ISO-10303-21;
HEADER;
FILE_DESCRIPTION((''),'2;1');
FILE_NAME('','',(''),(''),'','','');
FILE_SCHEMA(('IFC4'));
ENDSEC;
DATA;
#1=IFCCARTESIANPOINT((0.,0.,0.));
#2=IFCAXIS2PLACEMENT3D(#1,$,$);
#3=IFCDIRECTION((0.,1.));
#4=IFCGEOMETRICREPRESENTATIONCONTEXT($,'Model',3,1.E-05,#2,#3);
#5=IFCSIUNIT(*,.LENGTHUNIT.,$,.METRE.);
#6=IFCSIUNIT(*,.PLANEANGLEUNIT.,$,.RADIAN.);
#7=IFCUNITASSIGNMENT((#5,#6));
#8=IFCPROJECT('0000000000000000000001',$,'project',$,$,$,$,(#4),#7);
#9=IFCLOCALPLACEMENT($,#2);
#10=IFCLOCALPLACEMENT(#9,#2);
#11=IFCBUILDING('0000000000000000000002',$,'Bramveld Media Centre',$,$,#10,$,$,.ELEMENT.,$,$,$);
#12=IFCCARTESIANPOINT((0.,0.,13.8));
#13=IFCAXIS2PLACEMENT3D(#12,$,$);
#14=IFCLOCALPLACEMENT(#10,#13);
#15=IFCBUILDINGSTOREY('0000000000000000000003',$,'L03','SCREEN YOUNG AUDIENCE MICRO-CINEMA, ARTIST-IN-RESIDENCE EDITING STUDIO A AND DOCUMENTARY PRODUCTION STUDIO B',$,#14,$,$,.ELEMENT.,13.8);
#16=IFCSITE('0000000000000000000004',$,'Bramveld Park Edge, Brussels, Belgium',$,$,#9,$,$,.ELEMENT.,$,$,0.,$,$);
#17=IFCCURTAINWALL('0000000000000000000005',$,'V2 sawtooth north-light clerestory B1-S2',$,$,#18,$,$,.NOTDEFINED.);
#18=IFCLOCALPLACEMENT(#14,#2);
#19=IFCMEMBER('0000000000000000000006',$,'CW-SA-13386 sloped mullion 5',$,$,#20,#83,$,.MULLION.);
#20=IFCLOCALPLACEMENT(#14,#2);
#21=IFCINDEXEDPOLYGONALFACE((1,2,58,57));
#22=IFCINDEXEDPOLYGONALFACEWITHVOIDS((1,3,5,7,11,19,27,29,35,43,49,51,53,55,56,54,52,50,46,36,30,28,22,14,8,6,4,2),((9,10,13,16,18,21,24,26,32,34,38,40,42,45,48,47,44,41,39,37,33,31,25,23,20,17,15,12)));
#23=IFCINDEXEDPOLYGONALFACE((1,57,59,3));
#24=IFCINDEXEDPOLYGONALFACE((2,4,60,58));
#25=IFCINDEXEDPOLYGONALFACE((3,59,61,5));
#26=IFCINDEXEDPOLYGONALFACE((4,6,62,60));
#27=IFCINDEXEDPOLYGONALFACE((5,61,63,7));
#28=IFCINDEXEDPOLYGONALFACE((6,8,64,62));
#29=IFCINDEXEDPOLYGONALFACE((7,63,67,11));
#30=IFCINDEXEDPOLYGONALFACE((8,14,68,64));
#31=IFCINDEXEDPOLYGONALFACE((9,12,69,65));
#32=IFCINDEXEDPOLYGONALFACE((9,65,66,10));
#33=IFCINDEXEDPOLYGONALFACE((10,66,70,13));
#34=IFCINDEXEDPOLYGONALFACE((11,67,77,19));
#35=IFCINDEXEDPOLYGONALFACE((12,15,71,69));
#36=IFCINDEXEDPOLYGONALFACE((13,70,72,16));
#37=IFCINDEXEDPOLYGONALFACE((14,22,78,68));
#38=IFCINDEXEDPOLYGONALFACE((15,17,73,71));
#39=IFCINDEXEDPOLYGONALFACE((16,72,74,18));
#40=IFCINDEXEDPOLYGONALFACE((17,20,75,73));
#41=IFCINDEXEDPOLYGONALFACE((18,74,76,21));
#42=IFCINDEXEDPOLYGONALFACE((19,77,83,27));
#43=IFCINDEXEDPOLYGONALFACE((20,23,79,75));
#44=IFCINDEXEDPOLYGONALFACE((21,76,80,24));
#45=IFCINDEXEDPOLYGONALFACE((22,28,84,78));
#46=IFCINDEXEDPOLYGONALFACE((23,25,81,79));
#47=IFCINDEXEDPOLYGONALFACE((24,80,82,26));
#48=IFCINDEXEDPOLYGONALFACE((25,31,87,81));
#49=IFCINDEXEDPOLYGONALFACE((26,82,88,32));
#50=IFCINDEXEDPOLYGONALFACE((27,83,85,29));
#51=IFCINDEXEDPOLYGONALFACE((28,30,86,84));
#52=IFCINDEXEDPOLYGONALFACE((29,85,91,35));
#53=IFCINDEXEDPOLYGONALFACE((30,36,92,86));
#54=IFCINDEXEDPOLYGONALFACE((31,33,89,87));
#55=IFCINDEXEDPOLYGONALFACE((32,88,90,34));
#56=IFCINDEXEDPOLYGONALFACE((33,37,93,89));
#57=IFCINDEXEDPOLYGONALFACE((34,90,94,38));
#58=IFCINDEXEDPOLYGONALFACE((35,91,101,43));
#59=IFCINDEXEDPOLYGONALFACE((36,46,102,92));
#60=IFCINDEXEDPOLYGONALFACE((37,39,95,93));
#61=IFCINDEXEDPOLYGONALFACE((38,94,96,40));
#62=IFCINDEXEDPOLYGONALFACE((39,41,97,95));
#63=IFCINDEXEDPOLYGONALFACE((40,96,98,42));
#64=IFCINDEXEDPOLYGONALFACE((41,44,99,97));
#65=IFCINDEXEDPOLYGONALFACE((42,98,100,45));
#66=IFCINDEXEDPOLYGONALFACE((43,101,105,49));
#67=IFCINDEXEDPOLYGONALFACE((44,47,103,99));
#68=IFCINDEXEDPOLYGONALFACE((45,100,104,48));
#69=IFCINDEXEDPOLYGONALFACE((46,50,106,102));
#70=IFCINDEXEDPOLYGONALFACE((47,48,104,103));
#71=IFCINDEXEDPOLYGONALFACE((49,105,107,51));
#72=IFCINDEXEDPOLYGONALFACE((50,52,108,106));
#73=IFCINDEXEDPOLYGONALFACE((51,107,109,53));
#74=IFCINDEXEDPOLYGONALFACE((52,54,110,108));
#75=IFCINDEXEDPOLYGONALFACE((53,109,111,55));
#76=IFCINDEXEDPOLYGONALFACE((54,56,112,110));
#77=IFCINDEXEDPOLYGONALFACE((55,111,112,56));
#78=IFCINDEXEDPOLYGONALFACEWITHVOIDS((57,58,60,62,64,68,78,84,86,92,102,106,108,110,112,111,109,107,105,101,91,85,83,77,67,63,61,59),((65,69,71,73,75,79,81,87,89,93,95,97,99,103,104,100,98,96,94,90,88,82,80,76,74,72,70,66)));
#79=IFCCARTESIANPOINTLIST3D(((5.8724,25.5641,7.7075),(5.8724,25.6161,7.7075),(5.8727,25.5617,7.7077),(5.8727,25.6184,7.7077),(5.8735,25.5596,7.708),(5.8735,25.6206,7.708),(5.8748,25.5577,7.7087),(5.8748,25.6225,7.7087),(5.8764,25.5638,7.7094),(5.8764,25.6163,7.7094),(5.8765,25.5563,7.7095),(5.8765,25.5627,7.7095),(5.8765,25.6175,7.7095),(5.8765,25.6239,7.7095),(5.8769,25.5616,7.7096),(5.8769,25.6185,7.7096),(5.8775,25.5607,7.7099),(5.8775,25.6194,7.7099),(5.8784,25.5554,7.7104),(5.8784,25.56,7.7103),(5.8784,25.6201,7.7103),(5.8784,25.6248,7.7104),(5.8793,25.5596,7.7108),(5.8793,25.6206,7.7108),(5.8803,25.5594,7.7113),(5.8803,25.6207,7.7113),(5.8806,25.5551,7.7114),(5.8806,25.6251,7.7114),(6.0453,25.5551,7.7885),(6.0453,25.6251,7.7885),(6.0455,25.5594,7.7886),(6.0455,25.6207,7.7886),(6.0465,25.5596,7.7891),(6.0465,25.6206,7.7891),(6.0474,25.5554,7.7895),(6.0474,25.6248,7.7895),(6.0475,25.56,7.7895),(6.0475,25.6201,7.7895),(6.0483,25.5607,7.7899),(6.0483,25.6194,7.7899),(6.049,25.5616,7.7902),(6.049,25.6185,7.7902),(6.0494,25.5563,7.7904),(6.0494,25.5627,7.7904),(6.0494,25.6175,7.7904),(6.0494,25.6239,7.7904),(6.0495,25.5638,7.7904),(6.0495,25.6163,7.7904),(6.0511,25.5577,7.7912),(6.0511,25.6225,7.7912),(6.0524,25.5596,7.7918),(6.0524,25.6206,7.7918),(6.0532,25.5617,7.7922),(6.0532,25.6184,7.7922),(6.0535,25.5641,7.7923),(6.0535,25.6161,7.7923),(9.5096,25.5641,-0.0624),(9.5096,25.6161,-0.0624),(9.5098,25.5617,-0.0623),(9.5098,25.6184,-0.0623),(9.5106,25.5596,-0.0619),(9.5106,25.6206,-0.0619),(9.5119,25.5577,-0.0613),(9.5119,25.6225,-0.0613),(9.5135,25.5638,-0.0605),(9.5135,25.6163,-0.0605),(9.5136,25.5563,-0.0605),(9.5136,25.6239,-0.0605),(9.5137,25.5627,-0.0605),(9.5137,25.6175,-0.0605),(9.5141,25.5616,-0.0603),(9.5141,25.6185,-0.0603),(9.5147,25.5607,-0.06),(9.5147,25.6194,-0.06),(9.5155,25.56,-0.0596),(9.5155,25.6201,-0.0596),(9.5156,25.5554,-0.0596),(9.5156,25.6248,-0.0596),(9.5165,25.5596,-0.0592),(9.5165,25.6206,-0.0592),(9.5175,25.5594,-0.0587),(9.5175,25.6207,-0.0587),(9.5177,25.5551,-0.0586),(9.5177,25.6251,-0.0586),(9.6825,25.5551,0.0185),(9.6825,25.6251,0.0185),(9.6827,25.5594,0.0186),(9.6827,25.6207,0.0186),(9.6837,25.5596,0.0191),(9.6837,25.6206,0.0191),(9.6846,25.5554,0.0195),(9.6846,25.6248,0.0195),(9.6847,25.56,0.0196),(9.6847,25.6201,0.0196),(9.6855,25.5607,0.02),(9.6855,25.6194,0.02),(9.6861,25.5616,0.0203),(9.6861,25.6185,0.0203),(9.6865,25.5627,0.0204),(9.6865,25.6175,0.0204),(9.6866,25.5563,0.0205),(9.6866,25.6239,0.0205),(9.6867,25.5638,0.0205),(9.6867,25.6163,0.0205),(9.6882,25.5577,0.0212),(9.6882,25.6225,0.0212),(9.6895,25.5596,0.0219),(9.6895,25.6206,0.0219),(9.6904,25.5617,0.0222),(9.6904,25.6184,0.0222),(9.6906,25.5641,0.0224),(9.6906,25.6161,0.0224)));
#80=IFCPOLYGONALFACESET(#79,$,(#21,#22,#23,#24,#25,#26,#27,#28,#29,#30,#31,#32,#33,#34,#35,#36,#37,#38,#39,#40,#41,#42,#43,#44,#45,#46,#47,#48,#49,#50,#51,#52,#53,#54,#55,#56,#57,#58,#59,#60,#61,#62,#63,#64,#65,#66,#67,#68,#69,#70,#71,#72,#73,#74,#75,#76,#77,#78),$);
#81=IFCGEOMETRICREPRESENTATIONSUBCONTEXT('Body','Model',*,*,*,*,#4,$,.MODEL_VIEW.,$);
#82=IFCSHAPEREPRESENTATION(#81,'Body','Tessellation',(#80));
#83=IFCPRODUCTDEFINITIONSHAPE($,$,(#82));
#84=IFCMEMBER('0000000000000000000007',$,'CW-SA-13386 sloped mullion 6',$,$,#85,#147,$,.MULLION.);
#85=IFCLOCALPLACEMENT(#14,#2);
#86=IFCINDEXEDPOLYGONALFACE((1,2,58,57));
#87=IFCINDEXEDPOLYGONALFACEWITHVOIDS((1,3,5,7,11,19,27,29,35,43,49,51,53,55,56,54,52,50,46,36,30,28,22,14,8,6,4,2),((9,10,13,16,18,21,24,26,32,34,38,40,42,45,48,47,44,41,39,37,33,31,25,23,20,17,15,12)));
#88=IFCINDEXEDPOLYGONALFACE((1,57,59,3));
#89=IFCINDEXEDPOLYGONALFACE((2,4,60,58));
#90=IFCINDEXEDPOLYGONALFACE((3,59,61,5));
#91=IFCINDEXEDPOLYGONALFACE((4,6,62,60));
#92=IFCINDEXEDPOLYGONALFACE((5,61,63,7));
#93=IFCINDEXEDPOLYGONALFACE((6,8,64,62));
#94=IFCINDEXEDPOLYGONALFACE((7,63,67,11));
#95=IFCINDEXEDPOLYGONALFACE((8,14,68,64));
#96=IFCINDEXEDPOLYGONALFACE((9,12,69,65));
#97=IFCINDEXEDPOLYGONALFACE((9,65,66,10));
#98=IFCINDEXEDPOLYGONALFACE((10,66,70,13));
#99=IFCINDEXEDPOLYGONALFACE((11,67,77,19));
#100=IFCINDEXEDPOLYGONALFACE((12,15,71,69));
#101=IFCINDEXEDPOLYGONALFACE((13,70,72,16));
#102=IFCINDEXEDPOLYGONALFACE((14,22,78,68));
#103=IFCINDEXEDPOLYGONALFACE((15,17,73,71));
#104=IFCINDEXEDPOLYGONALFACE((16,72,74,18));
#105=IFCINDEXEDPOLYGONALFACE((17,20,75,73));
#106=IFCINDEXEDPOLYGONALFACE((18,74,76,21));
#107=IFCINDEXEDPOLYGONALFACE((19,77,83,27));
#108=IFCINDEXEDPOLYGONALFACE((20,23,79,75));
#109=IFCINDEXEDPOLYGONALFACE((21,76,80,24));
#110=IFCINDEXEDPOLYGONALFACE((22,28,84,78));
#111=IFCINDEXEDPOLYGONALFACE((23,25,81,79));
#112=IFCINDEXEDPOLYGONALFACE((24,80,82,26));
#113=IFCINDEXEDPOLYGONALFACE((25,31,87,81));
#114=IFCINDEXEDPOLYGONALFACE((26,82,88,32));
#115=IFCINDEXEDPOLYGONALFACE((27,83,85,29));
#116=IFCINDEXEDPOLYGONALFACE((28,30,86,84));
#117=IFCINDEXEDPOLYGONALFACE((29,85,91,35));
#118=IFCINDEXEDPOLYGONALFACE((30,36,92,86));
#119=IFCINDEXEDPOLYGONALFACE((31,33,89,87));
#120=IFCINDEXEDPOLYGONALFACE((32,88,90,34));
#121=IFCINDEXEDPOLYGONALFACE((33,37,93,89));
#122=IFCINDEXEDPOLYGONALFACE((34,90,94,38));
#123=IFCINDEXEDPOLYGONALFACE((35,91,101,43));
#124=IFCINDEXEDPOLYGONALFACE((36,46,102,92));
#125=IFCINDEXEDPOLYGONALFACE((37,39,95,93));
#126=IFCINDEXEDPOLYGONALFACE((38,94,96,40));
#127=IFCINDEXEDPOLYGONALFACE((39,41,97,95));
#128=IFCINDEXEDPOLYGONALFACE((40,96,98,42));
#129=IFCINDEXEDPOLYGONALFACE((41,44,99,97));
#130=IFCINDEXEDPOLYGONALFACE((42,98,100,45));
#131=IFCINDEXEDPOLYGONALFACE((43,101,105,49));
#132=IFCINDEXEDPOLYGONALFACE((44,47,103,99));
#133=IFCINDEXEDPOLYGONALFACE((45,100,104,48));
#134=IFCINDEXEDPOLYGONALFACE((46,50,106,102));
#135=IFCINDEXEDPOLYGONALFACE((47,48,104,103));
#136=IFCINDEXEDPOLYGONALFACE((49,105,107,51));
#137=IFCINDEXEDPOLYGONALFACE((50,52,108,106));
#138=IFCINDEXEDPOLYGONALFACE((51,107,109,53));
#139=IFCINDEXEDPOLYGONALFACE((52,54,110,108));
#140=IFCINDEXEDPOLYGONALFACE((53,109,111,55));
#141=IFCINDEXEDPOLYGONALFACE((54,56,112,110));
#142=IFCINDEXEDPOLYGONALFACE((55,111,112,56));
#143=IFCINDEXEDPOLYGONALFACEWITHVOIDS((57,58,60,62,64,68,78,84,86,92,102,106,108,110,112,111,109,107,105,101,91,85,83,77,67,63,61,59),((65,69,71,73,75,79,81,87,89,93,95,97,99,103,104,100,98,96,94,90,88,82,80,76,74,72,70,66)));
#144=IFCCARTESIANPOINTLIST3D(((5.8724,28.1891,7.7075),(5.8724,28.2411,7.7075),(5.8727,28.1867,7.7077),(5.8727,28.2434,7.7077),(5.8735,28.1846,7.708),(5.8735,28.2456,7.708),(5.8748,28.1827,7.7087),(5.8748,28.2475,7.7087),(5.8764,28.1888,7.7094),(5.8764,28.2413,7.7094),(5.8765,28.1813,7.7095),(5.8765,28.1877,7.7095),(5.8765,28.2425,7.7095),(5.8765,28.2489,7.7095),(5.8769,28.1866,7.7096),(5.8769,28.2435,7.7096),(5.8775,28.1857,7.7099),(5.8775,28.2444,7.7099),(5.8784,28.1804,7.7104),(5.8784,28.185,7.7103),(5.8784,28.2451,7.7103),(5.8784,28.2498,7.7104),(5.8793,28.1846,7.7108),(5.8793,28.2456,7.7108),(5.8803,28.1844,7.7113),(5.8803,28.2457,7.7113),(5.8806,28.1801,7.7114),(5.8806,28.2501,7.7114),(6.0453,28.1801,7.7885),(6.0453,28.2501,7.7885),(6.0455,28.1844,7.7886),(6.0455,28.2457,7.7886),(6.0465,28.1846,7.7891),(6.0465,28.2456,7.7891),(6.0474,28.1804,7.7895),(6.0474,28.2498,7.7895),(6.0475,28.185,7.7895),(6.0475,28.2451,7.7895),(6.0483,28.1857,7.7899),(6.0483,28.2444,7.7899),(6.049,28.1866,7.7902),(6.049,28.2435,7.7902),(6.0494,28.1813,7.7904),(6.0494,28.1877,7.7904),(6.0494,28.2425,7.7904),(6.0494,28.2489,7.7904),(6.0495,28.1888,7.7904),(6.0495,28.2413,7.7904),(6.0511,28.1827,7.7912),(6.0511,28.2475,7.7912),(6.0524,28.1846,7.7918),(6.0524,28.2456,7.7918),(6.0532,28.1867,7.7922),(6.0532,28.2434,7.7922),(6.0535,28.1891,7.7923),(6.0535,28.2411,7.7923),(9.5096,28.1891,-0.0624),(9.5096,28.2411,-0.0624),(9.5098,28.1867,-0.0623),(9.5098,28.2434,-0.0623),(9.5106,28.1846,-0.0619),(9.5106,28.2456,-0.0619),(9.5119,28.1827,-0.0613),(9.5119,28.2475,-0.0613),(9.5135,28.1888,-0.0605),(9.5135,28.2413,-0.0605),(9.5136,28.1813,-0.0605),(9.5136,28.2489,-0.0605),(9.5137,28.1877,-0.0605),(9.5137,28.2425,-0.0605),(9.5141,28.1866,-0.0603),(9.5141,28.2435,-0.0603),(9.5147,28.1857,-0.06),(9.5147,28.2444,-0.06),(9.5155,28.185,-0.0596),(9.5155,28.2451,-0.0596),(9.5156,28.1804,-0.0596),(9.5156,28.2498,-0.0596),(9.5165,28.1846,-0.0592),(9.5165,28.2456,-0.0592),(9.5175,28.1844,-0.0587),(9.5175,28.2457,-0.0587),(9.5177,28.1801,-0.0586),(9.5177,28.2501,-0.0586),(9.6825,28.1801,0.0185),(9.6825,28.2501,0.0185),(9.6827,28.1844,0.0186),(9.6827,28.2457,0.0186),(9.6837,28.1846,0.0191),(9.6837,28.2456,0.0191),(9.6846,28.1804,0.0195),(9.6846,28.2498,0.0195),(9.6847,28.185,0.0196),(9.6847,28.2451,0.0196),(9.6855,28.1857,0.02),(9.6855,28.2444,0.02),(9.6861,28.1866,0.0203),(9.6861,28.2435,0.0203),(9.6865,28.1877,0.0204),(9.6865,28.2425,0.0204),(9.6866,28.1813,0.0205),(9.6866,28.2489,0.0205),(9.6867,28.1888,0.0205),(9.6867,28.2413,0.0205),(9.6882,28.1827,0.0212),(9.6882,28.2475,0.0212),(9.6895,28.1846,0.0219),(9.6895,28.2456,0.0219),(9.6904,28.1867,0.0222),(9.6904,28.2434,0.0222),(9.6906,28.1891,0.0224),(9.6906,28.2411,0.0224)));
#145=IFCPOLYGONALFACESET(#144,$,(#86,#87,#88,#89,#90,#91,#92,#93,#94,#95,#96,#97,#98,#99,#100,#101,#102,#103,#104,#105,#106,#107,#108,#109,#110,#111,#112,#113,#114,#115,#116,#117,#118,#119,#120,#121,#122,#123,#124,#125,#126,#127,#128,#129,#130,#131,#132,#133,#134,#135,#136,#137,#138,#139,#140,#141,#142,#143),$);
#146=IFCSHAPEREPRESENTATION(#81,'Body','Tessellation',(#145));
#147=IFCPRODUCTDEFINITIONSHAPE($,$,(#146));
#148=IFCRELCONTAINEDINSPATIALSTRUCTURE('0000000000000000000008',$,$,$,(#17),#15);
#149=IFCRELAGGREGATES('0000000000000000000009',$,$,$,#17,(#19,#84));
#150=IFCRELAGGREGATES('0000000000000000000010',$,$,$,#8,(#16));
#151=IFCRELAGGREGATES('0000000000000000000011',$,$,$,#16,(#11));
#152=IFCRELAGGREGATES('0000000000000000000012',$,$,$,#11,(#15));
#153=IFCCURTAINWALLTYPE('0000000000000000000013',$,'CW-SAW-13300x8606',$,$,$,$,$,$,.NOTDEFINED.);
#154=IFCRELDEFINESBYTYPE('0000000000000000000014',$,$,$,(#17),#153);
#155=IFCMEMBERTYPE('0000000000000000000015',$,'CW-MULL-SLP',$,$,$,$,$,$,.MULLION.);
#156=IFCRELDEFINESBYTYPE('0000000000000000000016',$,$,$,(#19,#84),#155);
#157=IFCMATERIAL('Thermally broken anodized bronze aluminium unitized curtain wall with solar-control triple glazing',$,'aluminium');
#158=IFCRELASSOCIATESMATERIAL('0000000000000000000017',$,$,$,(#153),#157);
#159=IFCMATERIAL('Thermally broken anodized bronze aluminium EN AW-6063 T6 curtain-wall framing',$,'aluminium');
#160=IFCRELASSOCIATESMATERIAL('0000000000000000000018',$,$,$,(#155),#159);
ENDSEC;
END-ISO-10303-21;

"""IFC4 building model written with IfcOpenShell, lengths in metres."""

from ifc_helpers import new_model, si_unit, direction, frame, origin, origin_2d, place, context, subcontext, project, spatial, hollow_rectangle, extrude, material, material_profile, profile_set, type_object, element, aggregate, save


model = new_model("IFC4")

# Units and contexts
model_context = context("Model", 3, precision=1e-05, world=origin(), true_north=direction((0.0, 1.0)))
body_context = subcontext(model_context, "Body", "Model", "MODEL_VIEW")
ifc_project = project(units=[si_unit("LENGTHUNIT", "METRE"), si_unit("PLANEANGLEUNIT", "RADIAN")], contexts=[model_context])

# Site, building, storey
site_placement = place(None, origin())
site = spatial("IfcSite", under=ifc_project, at=site_placement, Name="Bramveld Park Edge, Brussels, Belgium", CompositionType="ELEMENT", RefElevation=0.0)
building_placement = place(site_placement, origin())
building = spatial("IfcBuilding", under=site, at=building_placement, Name="Bramveld Media Centre", CompositionType="ELEMENT")
storey_placement = place(building_placement, frame((0.0, 0.0, 13.8)))
storey = spatial("IfcBuildingStorey", under=building, at=storey_placement, Name="L03", Description="SCREEN YOUNG AUDIENCE MICRO-CINEMA, ARTIST-IN-RESIDENCE EDITING STUDIO A AND DOCUMENTARY PRODUCTION STUDIO B", CompositionType="ELEMENT", Elevation=13.8)

# Curtain wall, members
ifc_material_1 = material(Name="Thermally broken anodized bronze aluminium unitized curtain wall with solar-control triple glazing", Category="aluminium")
curtain_wall_type = type_object("IfcCurtainWallType", Name="CW-SAW-13300x8606", PredefinedType="NOTDEFINED", material=ifc_material_1)
curtain_wall_1_placement = place(storey_placement, origin())
curtain_wall_1 = element("IfcCurtainWall", 1, at=curtain_wall_1_placement, inside=storey, type_object=curtain_wall_type, Name="V2 sawtooth north-light clerestory B1-S2", PredefinedType="NOTDEFINED")
ifc_material_2 = material(Name="Thermally broken anodized bronze aluminium EN AW-6063 T6 curtain-wall framing", Category="aluminium")
ifc_material_profile_1 = material_profile(ifc_material_2, hollow_rectangle(XDim=0.0701, YDim=0.2, WallThickness=0.0044, InnerFilletRadius=0.0044, OuterFilletRadius=0.009, at=origin_2d()), Name="AL-MULL 70x200")
ifc_profile_set_1 = profile_set([ifc_material_profile_1], Name="Thermally broken anodized bronze aluminium EN AW-6063 T6 curtain-wall framing")
member_type_1 = type_object("IfcMemberType", Name="CW-MULL-SLP", PredefinedType="MULLION", material=ifc_profile_set_1)
member_1_placement = place(storey_placement, frame((9.6001, 25.5901, -0.02), z_axis=(-0.423957, 0.0, 0.905682), x_axis=(0.0, -1.0, 0.0)))
member_1 = element("IfcMember", 2, at=member_1_placement, type_object=member_type_1, Name="CW-SA-13386 sloped mullion 5", PredefinedType="MULLION", context=body_context, shape_type="SweptSolid", body=[
    extrude(hollow_rectangle(XDim=0.0701, YDim=0.2, WallThickness=0.0044, InnerFilletRadius=0.0044, OuterFilletRadius=0.009, at=origin_2d()), origin(), (0.0, 0.0, 1.0), 8.5791),
])
member_2_placement = place(storey_placement, frame((9.6001, 28.2151, -0.02), z_axis=(-0.423957, 0.0, 0.905682), x_axis=(0.0, -1.0, 0.0)))
member_2 = element("IfcMember", 3, at=member_2_placement, type_object=member_type_1, Name="CW-SA-13386 sloped mullion 6", PredefinedType="MULLION", context=body_context, shape_type="SweptSolid", body=[
    extrude(hollow_rectangle(XDim=0.0701, YDim=0.2, WallThickness=0.0044, InnerFilletRadius=0.0044, OuterFilletRadius=0.009, at=origin_2d()), origin(), (0.0, 0.0, 1.0), 8.5791),
])
aggregate(curtain_wall_1, [member_1, member_2])

save(model, "model.ifc")
